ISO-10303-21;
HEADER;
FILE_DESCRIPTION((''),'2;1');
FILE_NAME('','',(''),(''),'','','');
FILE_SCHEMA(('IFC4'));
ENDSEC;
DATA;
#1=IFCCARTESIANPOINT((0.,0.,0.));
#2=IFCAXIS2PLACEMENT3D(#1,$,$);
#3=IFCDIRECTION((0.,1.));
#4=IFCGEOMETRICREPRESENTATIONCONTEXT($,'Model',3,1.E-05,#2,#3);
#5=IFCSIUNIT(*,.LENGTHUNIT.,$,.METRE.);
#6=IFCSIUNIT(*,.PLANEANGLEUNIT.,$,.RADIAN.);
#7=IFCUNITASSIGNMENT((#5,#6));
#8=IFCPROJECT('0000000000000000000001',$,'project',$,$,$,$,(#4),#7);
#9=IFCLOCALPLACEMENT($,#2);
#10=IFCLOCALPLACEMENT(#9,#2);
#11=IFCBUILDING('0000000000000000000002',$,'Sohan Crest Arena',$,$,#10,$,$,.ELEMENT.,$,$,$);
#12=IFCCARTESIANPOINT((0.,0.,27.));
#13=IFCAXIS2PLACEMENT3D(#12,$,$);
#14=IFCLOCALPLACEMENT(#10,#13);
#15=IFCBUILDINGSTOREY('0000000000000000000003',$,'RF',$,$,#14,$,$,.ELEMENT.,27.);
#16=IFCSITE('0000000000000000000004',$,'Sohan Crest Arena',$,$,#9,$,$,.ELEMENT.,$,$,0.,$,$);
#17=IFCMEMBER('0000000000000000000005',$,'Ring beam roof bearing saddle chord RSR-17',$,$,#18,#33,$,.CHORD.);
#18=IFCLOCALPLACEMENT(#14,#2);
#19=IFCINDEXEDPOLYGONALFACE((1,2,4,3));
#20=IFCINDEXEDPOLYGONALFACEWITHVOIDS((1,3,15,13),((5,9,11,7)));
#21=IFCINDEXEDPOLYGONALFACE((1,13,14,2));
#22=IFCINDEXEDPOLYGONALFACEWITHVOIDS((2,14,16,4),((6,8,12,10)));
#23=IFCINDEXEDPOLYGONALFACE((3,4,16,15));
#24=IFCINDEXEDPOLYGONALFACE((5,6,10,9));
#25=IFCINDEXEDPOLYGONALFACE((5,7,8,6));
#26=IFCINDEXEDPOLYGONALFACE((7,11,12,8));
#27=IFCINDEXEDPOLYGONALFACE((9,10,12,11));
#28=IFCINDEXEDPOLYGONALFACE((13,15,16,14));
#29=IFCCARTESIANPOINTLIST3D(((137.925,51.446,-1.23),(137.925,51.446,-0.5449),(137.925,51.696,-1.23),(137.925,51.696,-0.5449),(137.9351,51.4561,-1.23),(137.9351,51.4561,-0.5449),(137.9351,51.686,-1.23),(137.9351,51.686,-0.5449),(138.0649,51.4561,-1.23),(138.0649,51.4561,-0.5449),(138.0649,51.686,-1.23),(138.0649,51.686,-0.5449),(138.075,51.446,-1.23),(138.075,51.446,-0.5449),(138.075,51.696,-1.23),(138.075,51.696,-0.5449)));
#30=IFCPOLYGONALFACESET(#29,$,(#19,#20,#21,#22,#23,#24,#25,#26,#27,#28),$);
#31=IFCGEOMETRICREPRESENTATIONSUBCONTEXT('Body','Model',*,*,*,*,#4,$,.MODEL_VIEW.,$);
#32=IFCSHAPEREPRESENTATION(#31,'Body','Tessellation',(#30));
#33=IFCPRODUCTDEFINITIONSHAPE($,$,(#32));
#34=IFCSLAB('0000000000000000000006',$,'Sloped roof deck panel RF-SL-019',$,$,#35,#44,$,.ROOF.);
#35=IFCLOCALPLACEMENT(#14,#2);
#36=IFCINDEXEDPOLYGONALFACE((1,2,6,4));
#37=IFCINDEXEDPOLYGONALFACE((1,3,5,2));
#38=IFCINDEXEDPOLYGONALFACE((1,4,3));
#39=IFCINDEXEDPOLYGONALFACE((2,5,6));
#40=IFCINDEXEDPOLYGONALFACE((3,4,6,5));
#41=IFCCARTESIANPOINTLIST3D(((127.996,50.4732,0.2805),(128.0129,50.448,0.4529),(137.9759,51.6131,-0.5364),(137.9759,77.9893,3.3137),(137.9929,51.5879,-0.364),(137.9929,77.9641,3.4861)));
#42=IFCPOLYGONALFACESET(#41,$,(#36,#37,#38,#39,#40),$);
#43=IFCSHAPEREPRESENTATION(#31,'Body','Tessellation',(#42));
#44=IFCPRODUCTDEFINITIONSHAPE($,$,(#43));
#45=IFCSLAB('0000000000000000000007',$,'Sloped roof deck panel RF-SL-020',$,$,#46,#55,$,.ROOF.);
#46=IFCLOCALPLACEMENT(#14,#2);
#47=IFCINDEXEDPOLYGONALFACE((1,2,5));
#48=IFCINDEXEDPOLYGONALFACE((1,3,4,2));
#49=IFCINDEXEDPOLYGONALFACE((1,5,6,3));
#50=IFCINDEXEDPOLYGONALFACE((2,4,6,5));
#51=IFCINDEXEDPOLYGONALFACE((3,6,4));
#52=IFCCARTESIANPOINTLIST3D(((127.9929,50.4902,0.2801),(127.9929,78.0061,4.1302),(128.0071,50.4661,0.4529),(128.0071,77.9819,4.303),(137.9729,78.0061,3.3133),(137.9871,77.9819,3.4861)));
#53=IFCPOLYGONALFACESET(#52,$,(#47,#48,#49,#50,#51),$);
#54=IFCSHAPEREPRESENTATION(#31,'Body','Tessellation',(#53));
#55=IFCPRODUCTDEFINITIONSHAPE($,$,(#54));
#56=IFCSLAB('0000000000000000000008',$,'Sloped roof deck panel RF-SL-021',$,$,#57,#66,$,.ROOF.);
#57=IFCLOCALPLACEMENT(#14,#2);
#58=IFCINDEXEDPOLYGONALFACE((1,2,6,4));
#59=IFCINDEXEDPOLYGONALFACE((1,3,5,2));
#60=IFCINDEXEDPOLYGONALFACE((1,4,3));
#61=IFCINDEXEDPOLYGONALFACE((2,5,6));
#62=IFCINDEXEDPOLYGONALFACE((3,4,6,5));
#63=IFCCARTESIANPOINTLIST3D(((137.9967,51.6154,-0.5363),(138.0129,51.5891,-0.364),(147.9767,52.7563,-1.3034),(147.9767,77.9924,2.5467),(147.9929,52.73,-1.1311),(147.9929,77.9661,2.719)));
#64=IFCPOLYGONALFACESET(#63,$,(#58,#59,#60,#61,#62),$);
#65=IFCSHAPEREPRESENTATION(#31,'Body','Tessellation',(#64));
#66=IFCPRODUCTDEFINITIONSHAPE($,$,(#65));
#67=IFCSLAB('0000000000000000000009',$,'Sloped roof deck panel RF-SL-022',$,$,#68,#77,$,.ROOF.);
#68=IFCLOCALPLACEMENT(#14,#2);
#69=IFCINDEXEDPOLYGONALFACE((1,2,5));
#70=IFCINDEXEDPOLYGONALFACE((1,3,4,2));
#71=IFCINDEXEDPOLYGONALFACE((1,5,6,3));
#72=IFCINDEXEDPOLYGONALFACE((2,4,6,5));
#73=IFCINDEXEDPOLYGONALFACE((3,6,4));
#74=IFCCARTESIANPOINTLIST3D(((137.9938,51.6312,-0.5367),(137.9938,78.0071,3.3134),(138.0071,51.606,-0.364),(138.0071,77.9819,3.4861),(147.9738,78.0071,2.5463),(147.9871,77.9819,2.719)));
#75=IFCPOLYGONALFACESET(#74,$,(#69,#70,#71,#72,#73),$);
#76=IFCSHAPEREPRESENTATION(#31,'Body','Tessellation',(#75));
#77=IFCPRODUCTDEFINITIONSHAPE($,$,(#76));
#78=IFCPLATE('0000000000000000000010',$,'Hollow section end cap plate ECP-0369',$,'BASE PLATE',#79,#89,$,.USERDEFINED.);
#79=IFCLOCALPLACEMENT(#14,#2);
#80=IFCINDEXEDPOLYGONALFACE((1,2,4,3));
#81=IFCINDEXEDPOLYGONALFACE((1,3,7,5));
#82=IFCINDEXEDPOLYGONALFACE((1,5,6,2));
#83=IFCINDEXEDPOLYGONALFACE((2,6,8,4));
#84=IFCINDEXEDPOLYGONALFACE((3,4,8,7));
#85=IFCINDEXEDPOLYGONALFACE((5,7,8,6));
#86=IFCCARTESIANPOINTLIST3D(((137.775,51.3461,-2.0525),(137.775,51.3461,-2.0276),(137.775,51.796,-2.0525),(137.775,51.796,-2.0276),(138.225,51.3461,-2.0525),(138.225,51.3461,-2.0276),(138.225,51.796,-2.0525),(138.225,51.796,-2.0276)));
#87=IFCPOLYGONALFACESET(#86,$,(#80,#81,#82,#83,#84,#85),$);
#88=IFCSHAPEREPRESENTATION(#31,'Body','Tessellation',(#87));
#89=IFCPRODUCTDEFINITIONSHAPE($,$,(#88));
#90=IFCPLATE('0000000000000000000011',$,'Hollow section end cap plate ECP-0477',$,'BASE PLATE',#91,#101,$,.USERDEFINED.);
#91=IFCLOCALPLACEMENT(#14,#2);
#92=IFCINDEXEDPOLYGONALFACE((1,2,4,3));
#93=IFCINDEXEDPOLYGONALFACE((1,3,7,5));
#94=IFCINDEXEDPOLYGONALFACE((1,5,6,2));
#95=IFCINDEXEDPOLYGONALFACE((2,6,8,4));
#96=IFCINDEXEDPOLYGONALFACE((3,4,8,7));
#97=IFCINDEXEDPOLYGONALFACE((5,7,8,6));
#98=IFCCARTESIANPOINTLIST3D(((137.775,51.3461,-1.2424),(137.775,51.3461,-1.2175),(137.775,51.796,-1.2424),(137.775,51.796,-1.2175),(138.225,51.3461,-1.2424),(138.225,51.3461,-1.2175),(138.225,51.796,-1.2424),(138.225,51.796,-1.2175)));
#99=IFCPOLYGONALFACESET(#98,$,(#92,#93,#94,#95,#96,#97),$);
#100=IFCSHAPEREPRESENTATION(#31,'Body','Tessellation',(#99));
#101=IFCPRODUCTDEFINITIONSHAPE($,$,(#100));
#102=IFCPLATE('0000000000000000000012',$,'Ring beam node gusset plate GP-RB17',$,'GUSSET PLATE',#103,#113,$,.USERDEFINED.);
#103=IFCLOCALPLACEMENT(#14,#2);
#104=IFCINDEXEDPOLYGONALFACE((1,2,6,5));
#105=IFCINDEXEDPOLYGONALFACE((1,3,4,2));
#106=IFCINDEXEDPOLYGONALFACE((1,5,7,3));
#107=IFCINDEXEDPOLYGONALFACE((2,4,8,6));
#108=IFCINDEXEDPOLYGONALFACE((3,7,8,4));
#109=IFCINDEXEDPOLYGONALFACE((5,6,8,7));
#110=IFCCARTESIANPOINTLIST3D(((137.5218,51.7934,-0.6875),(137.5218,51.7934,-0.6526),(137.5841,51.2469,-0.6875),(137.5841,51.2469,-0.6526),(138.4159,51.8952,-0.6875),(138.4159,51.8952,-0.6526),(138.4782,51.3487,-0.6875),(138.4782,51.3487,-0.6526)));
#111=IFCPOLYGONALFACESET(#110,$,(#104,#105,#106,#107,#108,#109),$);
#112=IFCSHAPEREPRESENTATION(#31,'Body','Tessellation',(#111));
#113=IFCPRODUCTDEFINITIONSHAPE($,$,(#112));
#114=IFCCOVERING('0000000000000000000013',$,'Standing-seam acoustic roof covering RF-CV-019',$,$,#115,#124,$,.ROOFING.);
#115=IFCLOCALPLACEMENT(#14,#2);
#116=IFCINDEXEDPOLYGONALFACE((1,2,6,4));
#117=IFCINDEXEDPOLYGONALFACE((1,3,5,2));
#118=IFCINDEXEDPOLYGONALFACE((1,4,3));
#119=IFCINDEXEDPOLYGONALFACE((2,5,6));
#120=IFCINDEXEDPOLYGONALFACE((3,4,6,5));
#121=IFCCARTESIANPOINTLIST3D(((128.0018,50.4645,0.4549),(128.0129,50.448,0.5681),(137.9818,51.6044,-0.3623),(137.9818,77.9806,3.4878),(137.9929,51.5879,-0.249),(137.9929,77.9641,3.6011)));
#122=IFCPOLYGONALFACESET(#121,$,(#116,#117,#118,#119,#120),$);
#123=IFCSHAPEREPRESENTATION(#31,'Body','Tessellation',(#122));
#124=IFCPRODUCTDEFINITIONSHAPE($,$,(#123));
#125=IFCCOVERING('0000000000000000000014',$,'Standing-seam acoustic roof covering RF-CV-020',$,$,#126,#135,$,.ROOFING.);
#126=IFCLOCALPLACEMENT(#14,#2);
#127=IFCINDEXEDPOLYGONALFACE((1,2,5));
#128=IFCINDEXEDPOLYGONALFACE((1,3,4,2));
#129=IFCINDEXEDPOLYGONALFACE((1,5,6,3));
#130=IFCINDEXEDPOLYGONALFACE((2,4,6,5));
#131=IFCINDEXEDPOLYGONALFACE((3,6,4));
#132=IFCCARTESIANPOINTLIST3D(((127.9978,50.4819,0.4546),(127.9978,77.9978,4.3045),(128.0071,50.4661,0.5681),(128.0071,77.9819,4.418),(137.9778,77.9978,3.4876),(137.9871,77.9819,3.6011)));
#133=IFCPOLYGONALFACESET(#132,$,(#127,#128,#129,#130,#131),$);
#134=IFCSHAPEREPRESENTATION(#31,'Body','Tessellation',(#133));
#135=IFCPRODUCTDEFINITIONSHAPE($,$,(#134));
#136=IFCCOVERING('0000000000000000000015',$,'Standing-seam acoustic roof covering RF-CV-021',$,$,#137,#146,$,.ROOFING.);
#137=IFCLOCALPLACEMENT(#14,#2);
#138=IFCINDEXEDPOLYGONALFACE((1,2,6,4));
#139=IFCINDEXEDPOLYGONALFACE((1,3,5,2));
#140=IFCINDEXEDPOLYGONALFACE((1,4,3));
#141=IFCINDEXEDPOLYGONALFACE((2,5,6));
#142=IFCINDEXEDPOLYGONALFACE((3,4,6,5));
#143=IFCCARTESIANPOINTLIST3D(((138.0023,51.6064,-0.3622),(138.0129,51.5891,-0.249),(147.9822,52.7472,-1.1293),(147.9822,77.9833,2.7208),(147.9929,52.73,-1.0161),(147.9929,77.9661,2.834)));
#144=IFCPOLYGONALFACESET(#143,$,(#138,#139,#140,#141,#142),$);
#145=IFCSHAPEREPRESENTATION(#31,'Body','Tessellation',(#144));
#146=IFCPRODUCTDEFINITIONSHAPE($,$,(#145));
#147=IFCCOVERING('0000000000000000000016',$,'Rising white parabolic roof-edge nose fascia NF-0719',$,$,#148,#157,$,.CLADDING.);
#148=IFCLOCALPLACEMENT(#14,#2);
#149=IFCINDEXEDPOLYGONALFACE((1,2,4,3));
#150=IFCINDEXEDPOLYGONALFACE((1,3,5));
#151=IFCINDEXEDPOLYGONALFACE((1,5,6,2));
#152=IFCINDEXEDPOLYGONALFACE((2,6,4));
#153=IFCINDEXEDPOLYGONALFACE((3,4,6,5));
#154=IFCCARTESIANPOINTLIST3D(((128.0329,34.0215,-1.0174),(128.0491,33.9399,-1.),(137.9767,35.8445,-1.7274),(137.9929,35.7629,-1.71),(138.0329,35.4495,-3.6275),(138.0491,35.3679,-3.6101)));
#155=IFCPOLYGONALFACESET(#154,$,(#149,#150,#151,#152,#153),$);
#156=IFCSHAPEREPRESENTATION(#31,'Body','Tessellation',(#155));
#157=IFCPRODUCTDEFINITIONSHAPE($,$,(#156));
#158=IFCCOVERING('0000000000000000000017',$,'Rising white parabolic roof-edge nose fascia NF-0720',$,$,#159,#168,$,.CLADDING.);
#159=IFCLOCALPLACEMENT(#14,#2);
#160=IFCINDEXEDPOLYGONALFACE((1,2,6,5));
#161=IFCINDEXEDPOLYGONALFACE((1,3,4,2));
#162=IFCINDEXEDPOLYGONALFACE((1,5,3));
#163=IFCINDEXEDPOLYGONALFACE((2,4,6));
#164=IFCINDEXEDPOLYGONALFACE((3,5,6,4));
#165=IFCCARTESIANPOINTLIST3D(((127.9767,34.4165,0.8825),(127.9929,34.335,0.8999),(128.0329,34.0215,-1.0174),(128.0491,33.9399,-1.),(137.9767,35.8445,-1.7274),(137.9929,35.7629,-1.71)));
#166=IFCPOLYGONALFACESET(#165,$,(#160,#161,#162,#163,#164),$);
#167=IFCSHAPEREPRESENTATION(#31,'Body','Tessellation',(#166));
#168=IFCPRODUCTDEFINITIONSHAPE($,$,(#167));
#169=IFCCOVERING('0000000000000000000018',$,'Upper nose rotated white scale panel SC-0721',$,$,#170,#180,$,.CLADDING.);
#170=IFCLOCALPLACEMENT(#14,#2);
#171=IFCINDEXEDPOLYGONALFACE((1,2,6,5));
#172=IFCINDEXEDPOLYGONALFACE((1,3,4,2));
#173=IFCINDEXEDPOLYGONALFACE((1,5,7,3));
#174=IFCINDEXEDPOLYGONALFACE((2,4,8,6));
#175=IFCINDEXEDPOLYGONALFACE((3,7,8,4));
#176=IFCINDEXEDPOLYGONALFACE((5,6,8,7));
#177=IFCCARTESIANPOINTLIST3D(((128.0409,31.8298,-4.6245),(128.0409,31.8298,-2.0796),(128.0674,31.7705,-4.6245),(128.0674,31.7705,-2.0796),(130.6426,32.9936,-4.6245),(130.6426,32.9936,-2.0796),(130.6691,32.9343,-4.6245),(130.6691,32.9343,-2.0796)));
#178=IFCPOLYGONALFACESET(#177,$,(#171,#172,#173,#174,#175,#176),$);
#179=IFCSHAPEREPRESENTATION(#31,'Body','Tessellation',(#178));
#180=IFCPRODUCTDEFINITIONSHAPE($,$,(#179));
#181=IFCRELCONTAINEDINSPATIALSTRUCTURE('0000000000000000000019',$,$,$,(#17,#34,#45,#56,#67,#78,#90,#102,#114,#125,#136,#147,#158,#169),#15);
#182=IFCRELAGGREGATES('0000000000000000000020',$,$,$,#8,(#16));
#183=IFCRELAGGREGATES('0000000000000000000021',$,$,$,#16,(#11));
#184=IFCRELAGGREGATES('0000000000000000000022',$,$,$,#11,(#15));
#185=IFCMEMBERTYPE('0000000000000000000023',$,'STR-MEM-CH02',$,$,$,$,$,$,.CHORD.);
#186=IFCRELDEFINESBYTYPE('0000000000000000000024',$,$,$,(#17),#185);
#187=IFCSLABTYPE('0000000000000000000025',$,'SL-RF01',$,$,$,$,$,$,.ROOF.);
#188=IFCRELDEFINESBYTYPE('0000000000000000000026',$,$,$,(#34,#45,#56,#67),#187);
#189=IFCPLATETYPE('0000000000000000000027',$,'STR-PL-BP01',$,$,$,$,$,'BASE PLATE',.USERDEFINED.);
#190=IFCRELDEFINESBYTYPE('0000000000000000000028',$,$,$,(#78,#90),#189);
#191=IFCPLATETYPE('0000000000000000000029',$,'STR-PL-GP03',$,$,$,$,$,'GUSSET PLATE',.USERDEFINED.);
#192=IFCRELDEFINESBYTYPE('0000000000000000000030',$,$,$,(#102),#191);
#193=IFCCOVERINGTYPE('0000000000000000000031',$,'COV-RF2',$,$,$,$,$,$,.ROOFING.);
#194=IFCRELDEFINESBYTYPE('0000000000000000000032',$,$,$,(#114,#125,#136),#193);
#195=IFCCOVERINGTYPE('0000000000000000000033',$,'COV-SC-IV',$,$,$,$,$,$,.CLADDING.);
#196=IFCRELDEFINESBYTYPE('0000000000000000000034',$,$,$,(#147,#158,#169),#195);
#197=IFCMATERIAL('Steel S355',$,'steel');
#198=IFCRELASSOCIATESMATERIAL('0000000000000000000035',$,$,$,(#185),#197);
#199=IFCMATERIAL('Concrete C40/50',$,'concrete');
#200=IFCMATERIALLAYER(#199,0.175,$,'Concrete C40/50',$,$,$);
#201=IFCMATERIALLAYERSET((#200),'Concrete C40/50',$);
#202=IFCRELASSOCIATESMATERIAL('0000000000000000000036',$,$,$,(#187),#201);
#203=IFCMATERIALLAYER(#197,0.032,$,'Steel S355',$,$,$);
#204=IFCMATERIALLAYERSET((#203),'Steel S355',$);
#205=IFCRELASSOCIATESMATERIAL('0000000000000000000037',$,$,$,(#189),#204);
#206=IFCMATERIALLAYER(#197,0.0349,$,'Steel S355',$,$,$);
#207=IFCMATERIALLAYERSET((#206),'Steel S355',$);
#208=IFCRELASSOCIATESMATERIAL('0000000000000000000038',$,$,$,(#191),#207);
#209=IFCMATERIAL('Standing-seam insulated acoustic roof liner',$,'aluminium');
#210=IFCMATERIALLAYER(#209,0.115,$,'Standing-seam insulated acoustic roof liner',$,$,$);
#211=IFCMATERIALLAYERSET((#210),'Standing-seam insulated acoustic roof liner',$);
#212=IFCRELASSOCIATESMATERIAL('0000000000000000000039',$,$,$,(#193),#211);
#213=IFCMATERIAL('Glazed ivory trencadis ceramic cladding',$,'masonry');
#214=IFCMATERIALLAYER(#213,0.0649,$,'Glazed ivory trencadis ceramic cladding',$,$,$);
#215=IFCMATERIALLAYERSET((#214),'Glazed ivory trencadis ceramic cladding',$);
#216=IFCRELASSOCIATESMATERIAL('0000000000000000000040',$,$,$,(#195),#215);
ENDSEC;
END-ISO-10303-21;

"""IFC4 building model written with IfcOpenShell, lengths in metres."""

from ifc_helpers import new_model, si_unit, direction, frame, origin, origin_2d, place, context, subcontext, project, spatial, polyline, rectangle, hollow_rectangle, outline, extrude, material, layer, layer_set, material_profile, profile_set, type_object, element, save


model = new_model("IFC4")

# Units and contexts
model_context = context("Model", 3, precision=1e-05, world=origin(), true_north=direction((0.0, 1.0)))
body_context = subcontext(model_context, "Body", "Model", "MODEL_VIEW")
ifc_project = project(units=[si_unit("LENGTHUNIT", "METRE"), si_unit("PLANEANGLEUNIT", "RADIAN")], contexts=[model_context])

# Site, building, storey
site_placement = place(None, origin())
site = spatial("IfcSite", under=ifc_project, at=site_placement, Name="Sohan Crest Arena", CompositionType="ELEMENT", RefElevation=0.0)
building_placement = place(site_placement, origin())
building = spatial("IfcBuilding", under=site, at=building_placement, Name="Sohan Crest Arena", CompositionType="ELEMENT")
storey_placement = place(building_placement, frame((0.0, 0.0, 27.0)))
storey = spatial("IfcBuildingStorey", under=building, at=storey_placement, Name="RF", CompositionType="ELEMENT", Elevation=27.0)

# Shared definitions
ifc_material_1 = material(Name="Steel S355", Category="steel")

# Member
ifc_material_profile_1 = material_profile(ifc_material_1, hollow_rectangle(XDim=0.1499, YDim=0.25, WallThickness=0.01, at=origin_2d()), Name="RHS 250x150x10")
ifc_profile_set_1 = profile_set([ifc_material_profile_1], Name="Steel S355")
member_type_1 = type_object("IfcMemberType", Name="STR-MEM-CH02", PredefinedType="CHORD", material=ifc_profile_set_1)
member_1_placement = place(storey_placement, frame((138.0, 51.571, -1.23), z_axis=(0.0, 0.0, 1.0), x_axis=(1.0, 0.0, 0.0)))
element("IfcMember", 1, at=member_1_placement, inside=storey, type_object=member_type_1, Name="Ring beam roof bearing saddle chord RSR-17", PredefinedType="CHORD", context=body_context, shape_type="SweptSolid", body=[
    extrude(hollow_rectangle(XDim=0.1499, YDim=0.25, WallThickness=0.01, at=origin_2d()), origin(), (0.0, 0.0, 1.0), 0.6851),
])

# Slabs
ifc_material_2 = material(Name="Concrete C40/50", Category="concrete")
ifc_layer_1 = layer(ifc_material_2, 0.175, Name="Concrete C40/50")
ifc_layer_set_1 = layer_set([ifc_layer_1], Name="Concrete C40/50")
slab_type = type_object("IfcSlabType", Name="SL-RF01", PredefinedType="ROOF", material=ifc_layer_set_1)
slab_1_placement = place(storey_placement, frame((128.0129, 50.448, 0.4529), z_axis=(0.097032, -0.143756, 0.984845), x_axis=(0.990271, 0.113107, -0.081057)))
element("IfcSlab", 2, at=slab_1_placement, inside=storey, type_object=slab_type, Name="Sloped roof deck panel RF-SL-019", PredefinedType="ROOF", context=body_context, shape_type="SweptSolid", body=[
    extrude(outline(polyline([(0.0, 0.0), (10.078, 0.0), (12.7493, 26.5216), (0.0, 0.0)])), origin(), (0.0, 0.0, -1.0), 0.175),
])
slab_2_placement = place(storey_placement, frame((128.0071, 50.4661, 0.4529), z_axis=(0.080799, -0.13812, 0.987114), x_axis=(0.339149, 0.935069, 0.103077)))
element("IfcSlab", 3, at=slab_2_placement, inside=storey, type_object=slab_type, Name="Sloped roof deck panel RF-SL-020", PredefinedType="ROOF", context=body_context, shape_type="SweptSolid", body=[
    extrude(outline(polyline([(0.0, 0.0), (29.4266, 0.0), (26.1261, 9.4538), (0.0, 0.0)])), origin(), (0.0, 0.0, -1.0), 0.175),
])
slab_3_placement = place(storey_placement, frame((138.0129, 51.5891, -0.364), z_axis=(0.092822, -0.150167, 0.984294), x_axis=(0.990645, 0.113246, -0.076144)))
element("IfcSlab", 4, at=slab_3_placement, inside=storey, type_object=slab_type, Name="Sloped roof deck panel RF-SL-021", PredefinedType="ROOF", context=body_context, shape_type="SweptSolid", body=[
    extrude(outline(polyline([(0.0, 0.0), (10.0742, 0.0), (12.639, 25.3989), (0.0, 0.0)])), origin(), (0.0, 0.0, -1.0), 0.175),
])
slab_4_placement = place(storey_placement, frame((138.0071, 51.606, -0.364), z_axis=(0.075838, -0.144023, 0.986664), x_axis=(0.351792, 0.929748, 0.108675)))
element("IfcSlab", 5, at=slab_4_placement, inside=storey, type_object=slab_type, Name="Sloped roof deck panel RF-SL-022", PredefinedType="ROOF", context=body_context, shape_type="SweptSolid", body=[
    extrude(outline(polyline([(0.0, 0.0), (28.3689, 0.0), (24.9414, 9.4043), (0.0, 0.0)])), origin(), (0.0, 0.0, -1.0), 0.175),
])

# Plates
ifc_layer_2 = layer(ifc_material_1, 0.032, Name="Steel S355")
ifc_layer_set_2 = layer_set([ifc_layer_2], Name="Steel S355")
plate_type_1 = type_object("IfcPlateType", Name="STR-PL-BP01", ElementType="BASE PLATE", PredefinedType="USERDEFINED", material=ifc_layer_set_2)
for number, where, z_axis, x_axis, name in (
    (6, (138.0, 51.571, -2.0525), (0.0, 0.0, 1.0), (1.0, 0.0, 0.0), "Hollow section end cap plate ECP-0369"),
    (7, (138.0, 51.571, -1.2424), (0.0, 0.0, 1.0), (1.0, 0.0, 0.0), "Hollow section end cap plate ECP-0477"),
):
    element("IfcPlate", number, at=place(storey_placement, frame(where, z_axis=z_axis, x_axis=x_axis)), inside=storey, type_object=plate_type_1, Name=name, ObjectType="BASE PLATE", PredefinedType="USERDEFINED", context=body_context, shape_type="SweptSolid", body=[
        extrude(rectangle(XDim=0.45, YDim=0.45, at=origin_2d()), origin(), (0.0, 0.0, 1.0), 0.0249),
    ])
ifc_layer_3 = layer(ifc_material_1, 0.0349, Name="Steel S355")
ifc_layer_set_3 = layer_set([ifc_layer_3], Name="Steel S355")
plate_type_2 = type_object("IfcPlateType", Name="STR-PL-GP03", ElementType="GUSSET PLATE", PredefinedType="USERDEFINED", material=ifc_layer_set_3)
plate_placement = place(storey_placement, frame((138.0, 51.571, -0.6875), z_axis=(0.0, 0.0, 1.0), x_axis=(0.993572, 0.113203, 0.0)))
element("IfcPlate", 8, at=plate_placement, inside=storey, type_object=plate_type_2, Name="Ring beam node gusset plate GP-RB17", ObjectType="GUSSET PLATE", PredefinedType="USERDEFINED", context=body_context, shape_type="SweptSolid", body=[
    extrude(rectangle(XDim=0.8999, YDim=0.55, at=origin_2d()), origin(), (0.0, 0.0, 1.0), 0.0349),
])

# Coverings
ifc_material_3 = material(Name="Standing-seam insulated acoustic roof liner", Category="aluminium")
ifc_layer_4 = layer(ifc_material_3, 0.115, Name="Standing-seam insulated acoustic roof liner")
ifc_layer_set_4 = layer_set([ifc_layer_4], Name="Standing-seam insulated acoustic roof liner")
covering_type_1 = type_object("IfcCoveringType", Name="COV-RF2", PredefinedType="ROOFING", material=ifc_layer_set_4)
covering_1_placement = place(storey_placement, frame((128.0129, 50.448, 0.5681), z_axis=(0.097056, -0.143756, 0.984842), x_axis=(0.990269, 0.113106, -0.081081)))
element("IfcCovering", 9, at=covering_1_placement, inside=storey, type_object=covering_type_1, Name="Standing-seam acoustic roof covering RF-CV-019", PredefinedType="ROOFING", context=body_context, shape_type="SweptSolid", body=[
    extrude(outline(polyline([(0.0, 0.0), (10.078, 0.0), (12.7492, 26.5216), (0.0, 0.0)])), origin(), (0.0, 0.0, -1.0), 0.115),
])
covering_2_placement = place(storey_placement, frame((128.0071, 50.4661, 0.5681), z_axis=(0.080799, -0.138111, 0.987115), x_axis=(0.339149, 0.935069, 0.103069)))
element("IfcCovering", 10, at=covering_2_placement, inside=storey, type_object=covering_type_1, Name="Standing-seam acoustic roof covering RF-CV-020", PredefinedType="ROOFING", context=body_context, shape_type="SweptSolid", body=[
    extrude(outline(polyline([(0.0, 0.0), (29.4266, 0.0), (26.126, 9.4538), (0.0, 0.0)])), origin(), (0.0, 0.0, -1.0), 0.115),
])
covering_3_placement = place(storey_placement, frame((138.0129, 51.5891, -0.249), z_axis=(0.092822, -0.150167, 0.984294), x_axis=(0.990645, 0.113246, -0.076144)))
element("IfcCovering", 11, at=covering_3_placement, inside=storey, type_object=covering_type_1, Name="Standing-seam acoustic roof covering RF-CV-021", PredefinedType="ROOFING", context=body_context, shape_type="SweptSolid", body=[
    extrude(outline(polyline([(0.0, 0.0), (10.0742, 0.0), (12.639, 25.3989), (0.0, 0.0)])), origin(), (0.0, 0.0, -1.0), 0.115),
])
ifc_material_4 = material(Name="Glazed ivory trencadis ceramic cladding", Category="masonry")
ifc_layer_5 = layer(ifc_material_4, 0.0649, Name="Glazed ivory trencadis ceramic cladding")
ifc_layer_set_5 = layer_set([ifc_layer_5], Name="Glazed ivory trencadis ceramic cladding")
covering_type_2 = type_object("IfcCoveringType", Name="COV-SC-IV", PredefinedType="CLADDING", material=ifc_layer_set_5)
covering_4_placement = place(storey_placement, frame((128.0491, 33.9399, -1.0), z_axis=(0.190642, -0.959973, 0.205202), x_axis=(0.958478, 0.136869, -0.250173)))
element("IfcCovering", 12, at=covering_4_placement, inside=storey, type_object=covering_type_2, Name="Rising white parabolic roof-edge nose fascia NF-0719", PredefinedType="CLADDING", context=body_context, shape_type="SweptSolid", body=[
    extrude(outline(polyline([(0.0, 0.0), (10.4332, 0.0), (9.9581, 1.8826), (0.0, 0.0)])), origin(), (0.0, 0.0, -1.0), 0.085),
])
covering_5_placement = place(storey_placement, frame((128.0491, 33.9399, -1.0), z_axis=(0.190643, -0.959967, 0.205227), x_axis=(0.981191, 0.179881, -0.070054)))
element("IfcCovering", 13, at=covering_5_placement, inside=storey, type_object=covering_type_2, Name="Rising white parabolic roof-edge nose fascia NF-0720", PredefinedType="CLADDING", context=body_context, shape_type="SweptSolid", body=[
    extrude(outline(polyline([(0.0, 0.0), (10.1345, 0.0), (-0.1171, 1.9378), (0.0, 0.0)])), origin(), (0.0, 0.0, -1.0), 0.085),
])
for number, where, z_axis, x_axis, name in (
    (14, (129.355, 32.3821, -4.6245), (0.0, 0.0, 1.0), (0.912834, 0.40833, 0.0), "Upper nose rotated white scale panel SC-0721"),
):
    element("IfcCovering", number, at=place(storey_placement, frame(where, z_axis=z_axis, x_axis=x_axis)), inside=storey, type_object=covering_type_2, Name=name, PredefinedType="CLADDING", context=body_context, shape_type="SweptSolid", body=[
        extrude(rectangle(XDim=2.8501, YDim=0.0649, at=origin_2d()), origin(), (0.0, 0.0, 1.0), 2.5449),
    ])

save(model, "model.ifc")
